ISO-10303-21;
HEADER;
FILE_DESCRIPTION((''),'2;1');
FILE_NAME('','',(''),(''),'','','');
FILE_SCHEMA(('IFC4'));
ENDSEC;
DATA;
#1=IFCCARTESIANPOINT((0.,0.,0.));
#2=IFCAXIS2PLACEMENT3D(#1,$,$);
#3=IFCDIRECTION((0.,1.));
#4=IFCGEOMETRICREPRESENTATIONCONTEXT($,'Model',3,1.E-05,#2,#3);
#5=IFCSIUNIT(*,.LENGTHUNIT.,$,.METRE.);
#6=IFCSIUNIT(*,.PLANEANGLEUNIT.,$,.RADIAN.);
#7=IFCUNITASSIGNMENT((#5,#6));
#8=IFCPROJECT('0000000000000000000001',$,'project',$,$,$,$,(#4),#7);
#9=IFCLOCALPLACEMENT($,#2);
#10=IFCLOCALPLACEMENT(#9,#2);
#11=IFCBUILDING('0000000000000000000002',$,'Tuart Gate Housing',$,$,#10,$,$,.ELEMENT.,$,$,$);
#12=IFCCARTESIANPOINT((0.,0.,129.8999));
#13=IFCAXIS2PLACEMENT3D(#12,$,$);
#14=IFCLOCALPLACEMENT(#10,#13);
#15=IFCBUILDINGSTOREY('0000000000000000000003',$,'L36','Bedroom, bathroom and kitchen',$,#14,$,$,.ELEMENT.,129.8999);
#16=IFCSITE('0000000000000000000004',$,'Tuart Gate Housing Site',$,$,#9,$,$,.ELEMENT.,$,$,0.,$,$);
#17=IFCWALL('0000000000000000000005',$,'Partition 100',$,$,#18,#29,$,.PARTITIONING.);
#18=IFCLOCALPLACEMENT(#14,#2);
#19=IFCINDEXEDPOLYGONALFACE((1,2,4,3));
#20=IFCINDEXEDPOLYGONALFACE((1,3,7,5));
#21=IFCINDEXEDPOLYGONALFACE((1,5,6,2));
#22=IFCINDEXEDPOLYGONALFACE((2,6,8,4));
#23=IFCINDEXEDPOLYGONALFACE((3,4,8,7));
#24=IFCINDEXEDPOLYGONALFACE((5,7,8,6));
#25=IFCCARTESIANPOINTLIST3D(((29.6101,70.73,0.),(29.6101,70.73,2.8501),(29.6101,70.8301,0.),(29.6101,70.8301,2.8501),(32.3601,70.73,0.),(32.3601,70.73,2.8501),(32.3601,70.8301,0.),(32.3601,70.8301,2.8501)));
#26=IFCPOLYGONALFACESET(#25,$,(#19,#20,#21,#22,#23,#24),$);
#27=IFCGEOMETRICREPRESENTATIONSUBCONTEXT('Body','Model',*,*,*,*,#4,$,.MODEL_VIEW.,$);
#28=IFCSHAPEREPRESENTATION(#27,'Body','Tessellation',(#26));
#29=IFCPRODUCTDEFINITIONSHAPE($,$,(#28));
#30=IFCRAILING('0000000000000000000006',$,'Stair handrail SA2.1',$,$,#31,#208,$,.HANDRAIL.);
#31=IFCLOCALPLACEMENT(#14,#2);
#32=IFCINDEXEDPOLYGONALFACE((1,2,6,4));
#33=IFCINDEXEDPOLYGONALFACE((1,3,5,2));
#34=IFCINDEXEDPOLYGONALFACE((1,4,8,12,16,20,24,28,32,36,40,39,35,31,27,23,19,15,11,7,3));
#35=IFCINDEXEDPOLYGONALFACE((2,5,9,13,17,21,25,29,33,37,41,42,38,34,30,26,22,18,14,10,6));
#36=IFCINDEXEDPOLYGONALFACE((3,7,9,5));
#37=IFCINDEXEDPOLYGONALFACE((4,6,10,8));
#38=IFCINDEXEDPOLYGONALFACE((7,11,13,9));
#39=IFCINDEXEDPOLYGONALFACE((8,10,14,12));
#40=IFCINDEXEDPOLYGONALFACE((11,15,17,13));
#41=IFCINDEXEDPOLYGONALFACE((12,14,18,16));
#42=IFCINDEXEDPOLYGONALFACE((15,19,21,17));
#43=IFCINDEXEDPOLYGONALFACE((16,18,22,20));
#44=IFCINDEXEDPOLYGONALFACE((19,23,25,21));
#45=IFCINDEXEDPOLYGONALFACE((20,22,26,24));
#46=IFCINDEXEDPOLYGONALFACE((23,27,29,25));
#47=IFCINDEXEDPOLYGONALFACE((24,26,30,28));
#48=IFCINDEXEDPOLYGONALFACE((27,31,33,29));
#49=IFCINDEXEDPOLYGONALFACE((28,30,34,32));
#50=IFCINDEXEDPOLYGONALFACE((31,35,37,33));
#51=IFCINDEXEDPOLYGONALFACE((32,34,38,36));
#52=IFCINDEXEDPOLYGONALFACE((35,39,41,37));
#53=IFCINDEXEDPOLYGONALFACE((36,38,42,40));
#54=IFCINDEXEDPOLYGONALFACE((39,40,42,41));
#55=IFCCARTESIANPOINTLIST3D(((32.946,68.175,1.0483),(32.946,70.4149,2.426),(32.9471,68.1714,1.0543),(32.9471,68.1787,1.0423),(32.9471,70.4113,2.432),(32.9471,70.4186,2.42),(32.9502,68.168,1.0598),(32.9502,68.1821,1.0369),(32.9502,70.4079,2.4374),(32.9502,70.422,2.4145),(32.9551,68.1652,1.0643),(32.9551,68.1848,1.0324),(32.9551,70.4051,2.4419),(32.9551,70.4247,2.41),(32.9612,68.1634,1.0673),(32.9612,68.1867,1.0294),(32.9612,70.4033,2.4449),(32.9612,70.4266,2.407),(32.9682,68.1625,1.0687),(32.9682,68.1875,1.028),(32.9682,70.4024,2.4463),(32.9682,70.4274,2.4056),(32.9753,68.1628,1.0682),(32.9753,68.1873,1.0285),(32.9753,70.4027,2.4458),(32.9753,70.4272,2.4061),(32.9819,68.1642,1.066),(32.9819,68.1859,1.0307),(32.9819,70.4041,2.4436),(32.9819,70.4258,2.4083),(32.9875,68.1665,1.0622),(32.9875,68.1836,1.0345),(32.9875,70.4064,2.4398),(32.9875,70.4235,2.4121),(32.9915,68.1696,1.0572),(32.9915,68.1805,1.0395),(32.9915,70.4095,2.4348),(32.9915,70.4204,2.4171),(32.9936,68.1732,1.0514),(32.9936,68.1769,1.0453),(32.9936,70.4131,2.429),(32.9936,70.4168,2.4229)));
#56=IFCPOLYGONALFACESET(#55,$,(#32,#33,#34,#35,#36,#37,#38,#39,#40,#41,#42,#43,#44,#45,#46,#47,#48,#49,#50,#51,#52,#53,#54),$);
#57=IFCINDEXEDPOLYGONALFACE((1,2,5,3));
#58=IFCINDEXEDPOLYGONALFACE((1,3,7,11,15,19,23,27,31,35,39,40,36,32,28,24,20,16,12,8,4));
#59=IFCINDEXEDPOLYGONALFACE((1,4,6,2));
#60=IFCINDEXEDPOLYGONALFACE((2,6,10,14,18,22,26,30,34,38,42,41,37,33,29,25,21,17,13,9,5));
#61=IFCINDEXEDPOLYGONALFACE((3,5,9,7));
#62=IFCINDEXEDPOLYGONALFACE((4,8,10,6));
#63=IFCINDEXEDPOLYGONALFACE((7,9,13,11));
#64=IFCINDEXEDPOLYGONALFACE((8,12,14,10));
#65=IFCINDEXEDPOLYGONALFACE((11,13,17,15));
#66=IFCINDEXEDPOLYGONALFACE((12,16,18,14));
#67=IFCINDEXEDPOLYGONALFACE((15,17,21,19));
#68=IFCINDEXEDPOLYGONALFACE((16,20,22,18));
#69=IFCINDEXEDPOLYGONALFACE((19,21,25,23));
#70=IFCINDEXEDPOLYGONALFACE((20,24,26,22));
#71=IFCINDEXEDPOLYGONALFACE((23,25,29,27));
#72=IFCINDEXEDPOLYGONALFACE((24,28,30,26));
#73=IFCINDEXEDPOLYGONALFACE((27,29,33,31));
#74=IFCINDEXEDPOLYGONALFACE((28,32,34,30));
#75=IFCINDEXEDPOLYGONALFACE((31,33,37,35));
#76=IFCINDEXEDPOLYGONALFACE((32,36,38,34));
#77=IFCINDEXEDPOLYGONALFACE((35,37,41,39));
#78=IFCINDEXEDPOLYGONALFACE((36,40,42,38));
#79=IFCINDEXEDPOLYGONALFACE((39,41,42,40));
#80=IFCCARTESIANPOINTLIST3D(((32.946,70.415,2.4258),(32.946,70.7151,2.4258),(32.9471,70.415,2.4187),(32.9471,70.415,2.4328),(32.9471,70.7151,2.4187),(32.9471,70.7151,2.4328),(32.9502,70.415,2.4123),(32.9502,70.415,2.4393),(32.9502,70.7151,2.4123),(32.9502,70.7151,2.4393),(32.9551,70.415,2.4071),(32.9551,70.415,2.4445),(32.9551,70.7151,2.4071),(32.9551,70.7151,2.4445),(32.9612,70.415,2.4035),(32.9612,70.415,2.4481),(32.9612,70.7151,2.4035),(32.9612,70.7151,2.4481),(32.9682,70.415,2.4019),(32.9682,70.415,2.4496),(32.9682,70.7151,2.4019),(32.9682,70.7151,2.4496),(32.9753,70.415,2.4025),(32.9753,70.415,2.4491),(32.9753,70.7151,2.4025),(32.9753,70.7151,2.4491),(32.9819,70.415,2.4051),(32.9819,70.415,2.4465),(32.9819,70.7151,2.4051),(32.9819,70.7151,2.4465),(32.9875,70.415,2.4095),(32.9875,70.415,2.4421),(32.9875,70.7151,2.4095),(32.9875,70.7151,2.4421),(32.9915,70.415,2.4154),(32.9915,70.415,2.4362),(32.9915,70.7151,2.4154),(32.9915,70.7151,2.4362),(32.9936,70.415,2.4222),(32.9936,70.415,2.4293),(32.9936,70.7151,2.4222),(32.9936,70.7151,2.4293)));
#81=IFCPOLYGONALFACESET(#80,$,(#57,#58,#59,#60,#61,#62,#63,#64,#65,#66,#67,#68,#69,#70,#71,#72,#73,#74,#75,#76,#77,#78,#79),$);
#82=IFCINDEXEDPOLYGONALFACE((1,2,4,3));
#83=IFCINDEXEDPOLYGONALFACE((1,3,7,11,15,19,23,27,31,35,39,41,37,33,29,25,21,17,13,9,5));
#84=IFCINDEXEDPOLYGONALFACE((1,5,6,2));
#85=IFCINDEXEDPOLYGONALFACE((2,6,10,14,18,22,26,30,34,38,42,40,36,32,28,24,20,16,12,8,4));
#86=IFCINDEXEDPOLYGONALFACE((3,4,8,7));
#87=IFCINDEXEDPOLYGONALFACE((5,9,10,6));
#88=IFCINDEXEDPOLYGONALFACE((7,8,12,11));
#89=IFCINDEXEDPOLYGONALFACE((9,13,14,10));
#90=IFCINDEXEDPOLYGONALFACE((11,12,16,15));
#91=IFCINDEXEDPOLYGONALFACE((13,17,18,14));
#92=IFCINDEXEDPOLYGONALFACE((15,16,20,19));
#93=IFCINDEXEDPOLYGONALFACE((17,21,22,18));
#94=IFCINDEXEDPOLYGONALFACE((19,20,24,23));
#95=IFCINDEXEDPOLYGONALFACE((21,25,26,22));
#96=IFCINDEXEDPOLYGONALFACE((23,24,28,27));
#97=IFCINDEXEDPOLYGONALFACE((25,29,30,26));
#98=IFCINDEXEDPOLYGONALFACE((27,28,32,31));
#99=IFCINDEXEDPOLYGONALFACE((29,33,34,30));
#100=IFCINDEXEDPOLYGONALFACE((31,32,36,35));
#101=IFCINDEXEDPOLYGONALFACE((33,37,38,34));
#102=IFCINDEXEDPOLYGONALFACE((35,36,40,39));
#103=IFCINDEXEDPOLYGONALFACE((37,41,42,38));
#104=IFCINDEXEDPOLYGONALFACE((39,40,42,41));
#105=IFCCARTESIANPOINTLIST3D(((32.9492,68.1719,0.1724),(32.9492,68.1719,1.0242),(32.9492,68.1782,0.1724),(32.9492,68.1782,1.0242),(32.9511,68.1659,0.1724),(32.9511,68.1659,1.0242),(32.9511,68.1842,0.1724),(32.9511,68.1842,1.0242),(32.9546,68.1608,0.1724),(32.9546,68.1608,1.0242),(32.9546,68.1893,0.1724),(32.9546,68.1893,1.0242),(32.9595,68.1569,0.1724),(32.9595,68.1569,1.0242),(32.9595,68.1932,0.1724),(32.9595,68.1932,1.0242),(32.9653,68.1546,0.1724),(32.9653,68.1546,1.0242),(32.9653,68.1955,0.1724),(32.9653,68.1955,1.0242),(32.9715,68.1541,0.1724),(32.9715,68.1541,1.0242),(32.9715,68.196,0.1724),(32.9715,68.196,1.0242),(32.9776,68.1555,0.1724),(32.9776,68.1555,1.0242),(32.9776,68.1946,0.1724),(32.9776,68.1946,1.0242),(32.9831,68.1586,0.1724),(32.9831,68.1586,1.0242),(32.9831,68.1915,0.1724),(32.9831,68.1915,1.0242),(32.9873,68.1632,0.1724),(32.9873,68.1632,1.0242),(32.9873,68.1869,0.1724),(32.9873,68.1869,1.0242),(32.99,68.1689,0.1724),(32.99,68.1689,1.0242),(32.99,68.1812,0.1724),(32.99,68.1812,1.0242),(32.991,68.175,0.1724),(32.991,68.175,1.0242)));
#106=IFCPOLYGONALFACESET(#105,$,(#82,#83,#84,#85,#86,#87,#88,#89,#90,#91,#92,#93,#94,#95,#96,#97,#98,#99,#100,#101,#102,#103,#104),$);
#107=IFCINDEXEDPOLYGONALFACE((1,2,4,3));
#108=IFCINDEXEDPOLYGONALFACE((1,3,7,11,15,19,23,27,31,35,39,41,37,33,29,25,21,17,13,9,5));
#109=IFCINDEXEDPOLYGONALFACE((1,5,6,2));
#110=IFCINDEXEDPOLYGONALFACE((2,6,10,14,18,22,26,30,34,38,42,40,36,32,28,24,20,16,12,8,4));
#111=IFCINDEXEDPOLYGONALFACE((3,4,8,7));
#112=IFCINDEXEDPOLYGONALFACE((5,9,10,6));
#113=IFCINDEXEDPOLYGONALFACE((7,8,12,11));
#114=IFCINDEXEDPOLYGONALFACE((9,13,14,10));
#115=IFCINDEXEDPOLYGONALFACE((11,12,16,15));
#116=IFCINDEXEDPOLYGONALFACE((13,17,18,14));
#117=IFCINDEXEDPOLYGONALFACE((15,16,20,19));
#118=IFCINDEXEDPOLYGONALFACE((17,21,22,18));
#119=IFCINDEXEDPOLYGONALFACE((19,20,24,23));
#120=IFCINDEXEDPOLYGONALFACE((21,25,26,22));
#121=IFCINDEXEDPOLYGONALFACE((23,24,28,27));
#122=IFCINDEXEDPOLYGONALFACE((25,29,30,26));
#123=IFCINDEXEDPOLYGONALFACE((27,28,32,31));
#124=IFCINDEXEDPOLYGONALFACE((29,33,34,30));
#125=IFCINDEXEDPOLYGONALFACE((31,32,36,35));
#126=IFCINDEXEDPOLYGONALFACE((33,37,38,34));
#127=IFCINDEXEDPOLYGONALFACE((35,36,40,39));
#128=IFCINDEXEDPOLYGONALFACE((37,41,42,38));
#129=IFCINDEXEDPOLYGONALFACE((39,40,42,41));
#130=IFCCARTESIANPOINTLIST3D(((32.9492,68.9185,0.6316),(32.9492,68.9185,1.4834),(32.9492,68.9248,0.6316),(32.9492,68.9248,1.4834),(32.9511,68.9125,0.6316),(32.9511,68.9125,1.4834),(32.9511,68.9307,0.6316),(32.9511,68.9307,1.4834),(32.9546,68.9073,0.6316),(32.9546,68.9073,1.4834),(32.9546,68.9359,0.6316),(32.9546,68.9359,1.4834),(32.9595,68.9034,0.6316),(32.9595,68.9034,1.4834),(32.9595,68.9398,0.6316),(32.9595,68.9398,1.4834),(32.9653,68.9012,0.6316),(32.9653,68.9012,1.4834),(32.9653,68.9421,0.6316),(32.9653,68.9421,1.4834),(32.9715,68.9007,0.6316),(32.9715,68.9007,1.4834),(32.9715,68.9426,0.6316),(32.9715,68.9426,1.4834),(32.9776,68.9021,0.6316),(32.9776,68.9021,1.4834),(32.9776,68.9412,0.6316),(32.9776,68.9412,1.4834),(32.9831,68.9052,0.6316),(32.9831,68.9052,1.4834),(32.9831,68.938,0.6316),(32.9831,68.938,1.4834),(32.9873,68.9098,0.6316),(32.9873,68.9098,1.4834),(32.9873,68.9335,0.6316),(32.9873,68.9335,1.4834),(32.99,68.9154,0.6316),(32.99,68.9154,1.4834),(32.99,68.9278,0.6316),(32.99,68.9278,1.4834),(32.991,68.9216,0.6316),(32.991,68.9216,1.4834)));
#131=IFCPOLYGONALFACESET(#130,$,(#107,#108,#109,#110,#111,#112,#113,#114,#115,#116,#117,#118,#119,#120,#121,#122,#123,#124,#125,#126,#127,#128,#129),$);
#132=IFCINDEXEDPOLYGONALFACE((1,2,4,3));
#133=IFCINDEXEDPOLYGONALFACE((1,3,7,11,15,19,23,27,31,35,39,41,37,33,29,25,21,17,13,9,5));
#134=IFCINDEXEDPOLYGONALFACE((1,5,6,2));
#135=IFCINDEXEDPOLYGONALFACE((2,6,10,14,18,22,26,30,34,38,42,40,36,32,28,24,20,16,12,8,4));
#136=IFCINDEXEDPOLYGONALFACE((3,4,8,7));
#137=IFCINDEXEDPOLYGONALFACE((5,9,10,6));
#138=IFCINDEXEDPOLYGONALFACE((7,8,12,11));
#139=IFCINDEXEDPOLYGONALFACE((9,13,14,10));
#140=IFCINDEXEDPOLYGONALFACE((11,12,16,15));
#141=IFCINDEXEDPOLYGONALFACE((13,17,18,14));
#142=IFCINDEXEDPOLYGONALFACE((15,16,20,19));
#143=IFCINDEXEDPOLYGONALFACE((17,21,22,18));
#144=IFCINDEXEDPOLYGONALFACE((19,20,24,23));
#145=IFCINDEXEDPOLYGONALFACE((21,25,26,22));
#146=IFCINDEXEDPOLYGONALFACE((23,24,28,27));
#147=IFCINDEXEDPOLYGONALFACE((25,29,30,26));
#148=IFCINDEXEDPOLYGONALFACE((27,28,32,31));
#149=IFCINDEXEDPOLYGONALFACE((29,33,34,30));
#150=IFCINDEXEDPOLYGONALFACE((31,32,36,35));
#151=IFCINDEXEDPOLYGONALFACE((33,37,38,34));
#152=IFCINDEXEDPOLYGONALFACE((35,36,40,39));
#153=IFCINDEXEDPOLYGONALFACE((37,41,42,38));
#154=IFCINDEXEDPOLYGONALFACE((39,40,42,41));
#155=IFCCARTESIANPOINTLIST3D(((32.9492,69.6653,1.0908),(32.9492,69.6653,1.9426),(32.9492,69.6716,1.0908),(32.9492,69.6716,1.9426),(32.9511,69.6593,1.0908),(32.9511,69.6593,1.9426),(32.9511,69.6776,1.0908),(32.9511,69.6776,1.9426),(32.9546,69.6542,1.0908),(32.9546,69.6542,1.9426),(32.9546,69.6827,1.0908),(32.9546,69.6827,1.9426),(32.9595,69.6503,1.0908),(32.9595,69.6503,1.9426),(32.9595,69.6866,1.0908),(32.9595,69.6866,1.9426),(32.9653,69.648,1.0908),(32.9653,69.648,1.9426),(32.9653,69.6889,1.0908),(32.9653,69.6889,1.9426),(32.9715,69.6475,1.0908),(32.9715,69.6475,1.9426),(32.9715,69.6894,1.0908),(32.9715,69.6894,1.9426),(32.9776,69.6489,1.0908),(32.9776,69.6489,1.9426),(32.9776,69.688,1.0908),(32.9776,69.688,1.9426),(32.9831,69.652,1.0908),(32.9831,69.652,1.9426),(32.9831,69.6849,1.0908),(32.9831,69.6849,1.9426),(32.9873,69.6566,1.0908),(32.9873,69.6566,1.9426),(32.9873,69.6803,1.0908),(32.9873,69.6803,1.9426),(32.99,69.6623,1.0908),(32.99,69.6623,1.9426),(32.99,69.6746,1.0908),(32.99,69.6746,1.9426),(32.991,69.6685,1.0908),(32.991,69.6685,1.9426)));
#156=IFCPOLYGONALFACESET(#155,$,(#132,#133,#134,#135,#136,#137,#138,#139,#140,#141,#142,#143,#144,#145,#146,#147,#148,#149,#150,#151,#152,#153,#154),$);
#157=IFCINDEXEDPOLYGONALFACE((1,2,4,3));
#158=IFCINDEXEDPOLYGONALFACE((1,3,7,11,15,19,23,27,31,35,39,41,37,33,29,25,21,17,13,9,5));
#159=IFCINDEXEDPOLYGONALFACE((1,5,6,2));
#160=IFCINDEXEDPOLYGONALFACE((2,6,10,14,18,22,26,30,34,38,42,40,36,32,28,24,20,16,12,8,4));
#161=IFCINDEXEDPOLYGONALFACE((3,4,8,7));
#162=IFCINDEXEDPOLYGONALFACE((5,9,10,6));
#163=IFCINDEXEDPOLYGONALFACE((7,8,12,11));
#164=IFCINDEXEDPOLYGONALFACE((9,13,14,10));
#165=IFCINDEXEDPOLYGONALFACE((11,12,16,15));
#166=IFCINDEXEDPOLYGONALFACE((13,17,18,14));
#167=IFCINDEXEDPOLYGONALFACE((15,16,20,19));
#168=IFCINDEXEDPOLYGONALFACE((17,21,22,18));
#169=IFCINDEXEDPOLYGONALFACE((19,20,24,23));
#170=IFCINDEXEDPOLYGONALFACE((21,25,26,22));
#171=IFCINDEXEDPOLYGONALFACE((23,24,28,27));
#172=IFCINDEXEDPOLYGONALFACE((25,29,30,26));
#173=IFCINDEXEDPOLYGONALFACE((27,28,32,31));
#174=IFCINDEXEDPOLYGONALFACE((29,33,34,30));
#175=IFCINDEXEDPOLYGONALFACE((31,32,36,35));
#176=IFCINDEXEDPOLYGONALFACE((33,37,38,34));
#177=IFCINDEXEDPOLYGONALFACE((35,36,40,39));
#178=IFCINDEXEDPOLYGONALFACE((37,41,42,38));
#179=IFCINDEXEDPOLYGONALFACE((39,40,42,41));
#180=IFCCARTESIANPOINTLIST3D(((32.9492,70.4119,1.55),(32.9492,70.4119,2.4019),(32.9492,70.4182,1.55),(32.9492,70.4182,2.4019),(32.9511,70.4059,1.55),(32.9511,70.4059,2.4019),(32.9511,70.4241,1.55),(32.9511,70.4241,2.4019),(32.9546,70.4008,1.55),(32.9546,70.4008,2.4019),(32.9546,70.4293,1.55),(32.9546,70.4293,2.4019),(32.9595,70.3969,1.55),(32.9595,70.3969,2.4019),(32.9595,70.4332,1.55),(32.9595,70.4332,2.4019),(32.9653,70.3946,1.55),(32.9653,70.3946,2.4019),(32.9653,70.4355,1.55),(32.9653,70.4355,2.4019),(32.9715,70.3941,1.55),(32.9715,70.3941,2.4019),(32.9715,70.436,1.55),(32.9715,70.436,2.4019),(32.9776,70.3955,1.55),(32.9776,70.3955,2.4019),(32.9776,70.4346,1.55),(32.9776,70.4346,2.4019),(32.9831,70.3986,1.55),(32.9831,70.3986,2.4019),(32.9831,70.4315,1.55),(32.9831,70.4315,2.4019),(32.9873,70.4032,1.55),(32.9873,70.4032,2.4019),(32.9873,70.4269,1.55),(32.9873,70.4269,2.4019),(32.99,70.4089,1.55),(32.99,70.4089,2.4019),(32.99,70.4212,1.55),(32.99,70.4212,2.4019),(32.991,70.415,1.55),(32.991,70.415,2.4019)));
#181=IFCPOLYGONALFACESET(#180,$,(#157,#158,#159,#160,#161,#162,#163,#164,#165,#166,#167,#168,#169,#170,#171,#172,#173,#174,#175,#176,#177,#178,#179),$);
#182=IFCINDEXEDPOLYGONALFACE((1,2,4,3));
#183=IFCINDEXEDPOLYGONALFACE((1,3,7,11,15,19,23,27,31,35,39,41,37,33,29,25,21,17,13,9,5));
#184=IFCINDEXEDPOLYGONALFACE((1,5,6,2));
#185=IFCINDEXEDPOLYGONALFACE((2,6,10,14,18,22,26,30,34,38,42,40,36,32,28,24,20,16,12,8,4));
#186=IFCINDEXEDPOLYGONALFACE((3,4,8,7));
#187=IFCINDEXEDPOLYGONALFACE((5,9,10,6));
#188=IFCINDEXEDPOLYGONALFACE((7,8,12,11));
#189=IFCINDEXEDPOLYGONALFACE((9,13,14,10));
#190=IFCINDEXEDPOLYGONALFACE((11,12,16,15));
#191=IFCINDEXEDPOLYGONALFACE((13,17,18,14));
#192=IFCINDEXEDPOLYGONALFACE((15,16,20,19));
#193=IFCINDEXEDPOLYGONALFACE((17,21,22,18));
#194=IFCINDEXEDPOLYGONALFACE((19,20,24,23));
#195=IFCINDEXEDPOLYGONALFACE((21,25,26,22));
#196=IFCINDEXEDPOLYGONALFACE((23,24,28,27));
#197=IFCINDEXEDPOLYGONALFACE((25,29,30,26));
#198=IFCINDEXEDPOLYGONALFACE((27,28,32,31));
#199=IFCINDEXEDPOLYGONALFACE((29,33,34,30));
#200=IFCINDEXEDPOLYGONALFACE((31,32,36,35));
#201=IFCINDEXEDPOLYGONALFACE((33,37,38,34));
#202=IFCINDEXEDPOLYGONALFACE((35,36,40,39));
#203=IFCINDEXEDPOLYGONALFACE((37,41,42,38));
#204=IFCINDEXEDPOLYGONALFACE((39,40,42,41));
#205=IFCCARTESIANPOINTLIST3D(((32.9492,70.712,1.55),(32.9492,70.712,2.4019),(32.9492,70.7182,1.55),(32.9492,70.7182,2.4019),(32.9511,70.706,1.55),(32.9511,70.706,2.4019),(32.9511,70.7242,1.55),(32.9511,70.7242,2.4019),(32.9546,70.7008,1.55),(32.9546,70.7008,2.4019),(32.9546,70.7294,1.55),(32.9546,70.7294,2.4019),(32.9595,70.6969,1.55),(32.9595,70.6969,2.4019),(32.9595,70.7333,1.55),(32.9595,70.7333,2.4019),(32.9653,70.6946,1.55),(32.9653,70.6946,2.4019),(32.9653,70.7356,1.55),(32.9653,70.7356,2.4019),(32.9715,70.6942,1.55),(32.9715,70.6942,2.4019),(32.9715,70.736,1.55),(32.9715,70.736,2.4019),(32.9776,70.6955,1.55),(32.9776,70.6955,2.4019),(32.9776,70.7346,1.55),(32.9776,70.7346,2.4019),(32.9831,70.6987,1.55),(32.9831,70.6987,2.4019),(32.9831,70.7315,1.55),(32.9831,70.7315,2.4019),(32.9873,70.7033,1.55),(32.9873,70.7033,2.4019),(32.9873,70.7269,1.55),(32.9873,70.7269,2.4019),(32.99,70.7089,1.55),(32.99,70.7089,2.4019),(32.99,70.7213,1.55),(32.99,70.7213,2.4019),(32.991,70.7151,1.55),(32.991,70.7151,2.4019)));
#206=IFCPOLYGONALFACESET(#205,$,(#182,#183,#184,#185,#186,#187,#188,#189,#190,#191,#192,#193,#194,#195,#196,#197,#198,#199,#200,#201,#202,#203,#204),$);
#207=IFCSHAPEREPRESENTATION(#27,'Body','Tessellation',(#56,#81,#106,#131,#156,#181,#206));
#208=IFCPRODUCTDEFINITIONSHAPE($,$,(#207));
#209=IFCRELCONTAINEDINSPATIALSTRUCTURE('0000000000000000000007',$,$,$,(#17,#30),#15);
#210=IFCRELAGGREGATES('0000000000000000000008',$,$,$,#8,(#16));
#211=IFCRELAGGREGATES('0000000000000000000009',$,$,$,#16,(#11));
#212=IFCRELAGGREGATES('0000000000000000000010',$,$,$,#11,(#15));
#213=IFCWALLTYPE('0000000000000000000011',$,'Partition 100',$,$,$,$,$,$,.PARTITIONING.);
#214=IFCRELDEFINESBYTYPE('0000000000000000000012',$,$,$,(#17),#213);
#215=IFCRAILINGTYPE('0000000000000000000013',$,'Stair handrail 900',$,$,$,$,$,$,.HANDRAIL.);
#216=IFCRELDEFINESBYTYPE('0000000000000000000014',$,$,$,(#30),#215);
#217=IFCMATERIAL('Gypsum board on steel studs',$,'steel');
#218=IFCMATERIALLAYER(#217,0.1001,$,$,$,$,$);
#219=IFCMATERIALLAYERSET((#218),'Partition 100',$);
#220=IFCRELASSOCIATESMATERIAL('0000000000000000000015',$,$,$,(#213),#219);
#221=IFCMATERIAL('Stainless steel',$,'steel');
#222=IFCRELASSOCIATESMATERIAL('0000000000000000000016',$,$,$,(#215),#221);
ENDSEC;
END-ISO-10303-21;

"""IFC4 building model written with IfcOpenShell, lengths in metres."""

from ifc_helpers import new_model, si_unit, direction, frame, frame_2d, origin, origin_2d, place, context, subcontext, project, spatial, rectangle, circle, extrude, material, layer, layer_set, type_object, element, save


model = new_model("IFC4")

# Units and contexts
model_context = context("Model", 3, precision=1e-05, world=origin(), true_north=direction((0.0, 1.0)))
body_context = subcontext(model_context, "Body", "Model", "MODEL_VIEW")
ifc_project = project(units=[si_unit("LENGTHUNIT", "METRE"), si_unit("PLANEANGLEUNIT", "RADIAN")], contexts=[model_context])

# Site, building, storey
site_placement = place(None, origin())
site = spatial("IfcSite", under=ifc_project, at=site_placement, Name="Tuart Gate Housing Site", CompositionType="ELEMENT", RefElevation=0.0)
building_placement = place(site_placement, origin())
building = spatial("IfcBuilding", under=site, at=building_placement, Name="Tuart Gate Housing", CompositionType="ELEMENT")
storey_placement = place(building_placement, frame((0.0, 0.0, 129.8999)))
storey = spatial("IfcBuildingStorey", under=building, at=storey_placement, Name="L36", Description="Bedroom, bathroom and kitchen", CompositionType="ELEMENT", Elevation=129.8999)

# Wall
ifc_material_1 = material(Name="Gypsum board on steel studs", Category="steel")
ifc_layer_1 = layer(ifc_material_1, 0.1001)
ifc_layer_set_1 = layer_set([ifc_layer_1], Name="Partition 100")
wall_type_1 = type_object("IfcWallType", Name="Partition 100", PredefinedType="PARTITIONING", material=ifc_layer_set_1)
wall_1_placement = place(storey_placement, frame((29.6101, 70.78, 0.0), z_axis=(0.0, 0.0, 1.0), x_axis=(1.0, 0.0, 0.0)))
element("IfcWall", 1, at=wall_1_placement, inside=storey, type_object=wall_type_1, Name="Partition 100", PredefinedType="PARTITIONING", context=body_context, shape_type="SweptSolid", body=[
    extrude(rectangle(XDim=2.75, YDim=0.1001, at=frame_2d((1.375, 0.0))), origin(), (0.0, 0.0, 1.0), 2.8501),
])

# Railing
ifc_material_2 = material(Name="Stainless steel", Category="steel")
railing_type = type_object("IfcRailingType", Name="Stair handrail 900", PredefinedType="HANDRAIL", material=ifc_material_2)
railing_placement = place(storey_placement, frame((32.97, 68.175, 0.1724)))
element("IfcRailing", 2, at=railing_placement, inside=storey, type_object=railing_type, Name="Stair handrail SA2.1", PredefinedType="HANDRAIL", context=body_context, shape_type="SweptSolid", body=[
    extrude(circle(Radius=0.0239, at=origin_2d()), frame((0.0, 0.0, 0.876), z_axis=(0.0, 0.851789, 0.523885), x_axis=(-1.0, 0.0, 0.0)), (0.0, 0.0, 1.0), 2.6296),
    extrude(circle(Radius=0.0239, at=origin_2d()), frame((0.0, 2.24, 2.2534), z_axis=(0.0, 1.0, 0.0), x_axis=(-1.0, 0.0, 0.0)), (0.0, 0.0, 1.0), 0.3),
    extrude(circle(Radius=0.021, at=origin_2d()), origin(), (0.0, 0.0, 1.0), 0.8518),
    extrude(circle(Radius=0.021, at=origin_2d()), frame((0.0, 0.7466, 0.4592)), (0.0, 0.0, 1.0), 0.8518),
    extrude(circle(Radius=0.021, at=origin_2d()), frame((0.0, 1.4934, 0.9185)), (0.0, 0.0, 1.0), 0.8518),
    extrude(circle(Radius=0.021, at=origin_2d()), frame((0.0, 2.24, 1.3777)), (0.0, 0.0, 1.0), 0.8518),
    extrude(circle(Radius=0.021, at=origin_2d()), frame((0.0, 2.54, 1.3777)), (0.0, 0.0, 1.0), 0.8518),
])

save(model, "model.ifc")
